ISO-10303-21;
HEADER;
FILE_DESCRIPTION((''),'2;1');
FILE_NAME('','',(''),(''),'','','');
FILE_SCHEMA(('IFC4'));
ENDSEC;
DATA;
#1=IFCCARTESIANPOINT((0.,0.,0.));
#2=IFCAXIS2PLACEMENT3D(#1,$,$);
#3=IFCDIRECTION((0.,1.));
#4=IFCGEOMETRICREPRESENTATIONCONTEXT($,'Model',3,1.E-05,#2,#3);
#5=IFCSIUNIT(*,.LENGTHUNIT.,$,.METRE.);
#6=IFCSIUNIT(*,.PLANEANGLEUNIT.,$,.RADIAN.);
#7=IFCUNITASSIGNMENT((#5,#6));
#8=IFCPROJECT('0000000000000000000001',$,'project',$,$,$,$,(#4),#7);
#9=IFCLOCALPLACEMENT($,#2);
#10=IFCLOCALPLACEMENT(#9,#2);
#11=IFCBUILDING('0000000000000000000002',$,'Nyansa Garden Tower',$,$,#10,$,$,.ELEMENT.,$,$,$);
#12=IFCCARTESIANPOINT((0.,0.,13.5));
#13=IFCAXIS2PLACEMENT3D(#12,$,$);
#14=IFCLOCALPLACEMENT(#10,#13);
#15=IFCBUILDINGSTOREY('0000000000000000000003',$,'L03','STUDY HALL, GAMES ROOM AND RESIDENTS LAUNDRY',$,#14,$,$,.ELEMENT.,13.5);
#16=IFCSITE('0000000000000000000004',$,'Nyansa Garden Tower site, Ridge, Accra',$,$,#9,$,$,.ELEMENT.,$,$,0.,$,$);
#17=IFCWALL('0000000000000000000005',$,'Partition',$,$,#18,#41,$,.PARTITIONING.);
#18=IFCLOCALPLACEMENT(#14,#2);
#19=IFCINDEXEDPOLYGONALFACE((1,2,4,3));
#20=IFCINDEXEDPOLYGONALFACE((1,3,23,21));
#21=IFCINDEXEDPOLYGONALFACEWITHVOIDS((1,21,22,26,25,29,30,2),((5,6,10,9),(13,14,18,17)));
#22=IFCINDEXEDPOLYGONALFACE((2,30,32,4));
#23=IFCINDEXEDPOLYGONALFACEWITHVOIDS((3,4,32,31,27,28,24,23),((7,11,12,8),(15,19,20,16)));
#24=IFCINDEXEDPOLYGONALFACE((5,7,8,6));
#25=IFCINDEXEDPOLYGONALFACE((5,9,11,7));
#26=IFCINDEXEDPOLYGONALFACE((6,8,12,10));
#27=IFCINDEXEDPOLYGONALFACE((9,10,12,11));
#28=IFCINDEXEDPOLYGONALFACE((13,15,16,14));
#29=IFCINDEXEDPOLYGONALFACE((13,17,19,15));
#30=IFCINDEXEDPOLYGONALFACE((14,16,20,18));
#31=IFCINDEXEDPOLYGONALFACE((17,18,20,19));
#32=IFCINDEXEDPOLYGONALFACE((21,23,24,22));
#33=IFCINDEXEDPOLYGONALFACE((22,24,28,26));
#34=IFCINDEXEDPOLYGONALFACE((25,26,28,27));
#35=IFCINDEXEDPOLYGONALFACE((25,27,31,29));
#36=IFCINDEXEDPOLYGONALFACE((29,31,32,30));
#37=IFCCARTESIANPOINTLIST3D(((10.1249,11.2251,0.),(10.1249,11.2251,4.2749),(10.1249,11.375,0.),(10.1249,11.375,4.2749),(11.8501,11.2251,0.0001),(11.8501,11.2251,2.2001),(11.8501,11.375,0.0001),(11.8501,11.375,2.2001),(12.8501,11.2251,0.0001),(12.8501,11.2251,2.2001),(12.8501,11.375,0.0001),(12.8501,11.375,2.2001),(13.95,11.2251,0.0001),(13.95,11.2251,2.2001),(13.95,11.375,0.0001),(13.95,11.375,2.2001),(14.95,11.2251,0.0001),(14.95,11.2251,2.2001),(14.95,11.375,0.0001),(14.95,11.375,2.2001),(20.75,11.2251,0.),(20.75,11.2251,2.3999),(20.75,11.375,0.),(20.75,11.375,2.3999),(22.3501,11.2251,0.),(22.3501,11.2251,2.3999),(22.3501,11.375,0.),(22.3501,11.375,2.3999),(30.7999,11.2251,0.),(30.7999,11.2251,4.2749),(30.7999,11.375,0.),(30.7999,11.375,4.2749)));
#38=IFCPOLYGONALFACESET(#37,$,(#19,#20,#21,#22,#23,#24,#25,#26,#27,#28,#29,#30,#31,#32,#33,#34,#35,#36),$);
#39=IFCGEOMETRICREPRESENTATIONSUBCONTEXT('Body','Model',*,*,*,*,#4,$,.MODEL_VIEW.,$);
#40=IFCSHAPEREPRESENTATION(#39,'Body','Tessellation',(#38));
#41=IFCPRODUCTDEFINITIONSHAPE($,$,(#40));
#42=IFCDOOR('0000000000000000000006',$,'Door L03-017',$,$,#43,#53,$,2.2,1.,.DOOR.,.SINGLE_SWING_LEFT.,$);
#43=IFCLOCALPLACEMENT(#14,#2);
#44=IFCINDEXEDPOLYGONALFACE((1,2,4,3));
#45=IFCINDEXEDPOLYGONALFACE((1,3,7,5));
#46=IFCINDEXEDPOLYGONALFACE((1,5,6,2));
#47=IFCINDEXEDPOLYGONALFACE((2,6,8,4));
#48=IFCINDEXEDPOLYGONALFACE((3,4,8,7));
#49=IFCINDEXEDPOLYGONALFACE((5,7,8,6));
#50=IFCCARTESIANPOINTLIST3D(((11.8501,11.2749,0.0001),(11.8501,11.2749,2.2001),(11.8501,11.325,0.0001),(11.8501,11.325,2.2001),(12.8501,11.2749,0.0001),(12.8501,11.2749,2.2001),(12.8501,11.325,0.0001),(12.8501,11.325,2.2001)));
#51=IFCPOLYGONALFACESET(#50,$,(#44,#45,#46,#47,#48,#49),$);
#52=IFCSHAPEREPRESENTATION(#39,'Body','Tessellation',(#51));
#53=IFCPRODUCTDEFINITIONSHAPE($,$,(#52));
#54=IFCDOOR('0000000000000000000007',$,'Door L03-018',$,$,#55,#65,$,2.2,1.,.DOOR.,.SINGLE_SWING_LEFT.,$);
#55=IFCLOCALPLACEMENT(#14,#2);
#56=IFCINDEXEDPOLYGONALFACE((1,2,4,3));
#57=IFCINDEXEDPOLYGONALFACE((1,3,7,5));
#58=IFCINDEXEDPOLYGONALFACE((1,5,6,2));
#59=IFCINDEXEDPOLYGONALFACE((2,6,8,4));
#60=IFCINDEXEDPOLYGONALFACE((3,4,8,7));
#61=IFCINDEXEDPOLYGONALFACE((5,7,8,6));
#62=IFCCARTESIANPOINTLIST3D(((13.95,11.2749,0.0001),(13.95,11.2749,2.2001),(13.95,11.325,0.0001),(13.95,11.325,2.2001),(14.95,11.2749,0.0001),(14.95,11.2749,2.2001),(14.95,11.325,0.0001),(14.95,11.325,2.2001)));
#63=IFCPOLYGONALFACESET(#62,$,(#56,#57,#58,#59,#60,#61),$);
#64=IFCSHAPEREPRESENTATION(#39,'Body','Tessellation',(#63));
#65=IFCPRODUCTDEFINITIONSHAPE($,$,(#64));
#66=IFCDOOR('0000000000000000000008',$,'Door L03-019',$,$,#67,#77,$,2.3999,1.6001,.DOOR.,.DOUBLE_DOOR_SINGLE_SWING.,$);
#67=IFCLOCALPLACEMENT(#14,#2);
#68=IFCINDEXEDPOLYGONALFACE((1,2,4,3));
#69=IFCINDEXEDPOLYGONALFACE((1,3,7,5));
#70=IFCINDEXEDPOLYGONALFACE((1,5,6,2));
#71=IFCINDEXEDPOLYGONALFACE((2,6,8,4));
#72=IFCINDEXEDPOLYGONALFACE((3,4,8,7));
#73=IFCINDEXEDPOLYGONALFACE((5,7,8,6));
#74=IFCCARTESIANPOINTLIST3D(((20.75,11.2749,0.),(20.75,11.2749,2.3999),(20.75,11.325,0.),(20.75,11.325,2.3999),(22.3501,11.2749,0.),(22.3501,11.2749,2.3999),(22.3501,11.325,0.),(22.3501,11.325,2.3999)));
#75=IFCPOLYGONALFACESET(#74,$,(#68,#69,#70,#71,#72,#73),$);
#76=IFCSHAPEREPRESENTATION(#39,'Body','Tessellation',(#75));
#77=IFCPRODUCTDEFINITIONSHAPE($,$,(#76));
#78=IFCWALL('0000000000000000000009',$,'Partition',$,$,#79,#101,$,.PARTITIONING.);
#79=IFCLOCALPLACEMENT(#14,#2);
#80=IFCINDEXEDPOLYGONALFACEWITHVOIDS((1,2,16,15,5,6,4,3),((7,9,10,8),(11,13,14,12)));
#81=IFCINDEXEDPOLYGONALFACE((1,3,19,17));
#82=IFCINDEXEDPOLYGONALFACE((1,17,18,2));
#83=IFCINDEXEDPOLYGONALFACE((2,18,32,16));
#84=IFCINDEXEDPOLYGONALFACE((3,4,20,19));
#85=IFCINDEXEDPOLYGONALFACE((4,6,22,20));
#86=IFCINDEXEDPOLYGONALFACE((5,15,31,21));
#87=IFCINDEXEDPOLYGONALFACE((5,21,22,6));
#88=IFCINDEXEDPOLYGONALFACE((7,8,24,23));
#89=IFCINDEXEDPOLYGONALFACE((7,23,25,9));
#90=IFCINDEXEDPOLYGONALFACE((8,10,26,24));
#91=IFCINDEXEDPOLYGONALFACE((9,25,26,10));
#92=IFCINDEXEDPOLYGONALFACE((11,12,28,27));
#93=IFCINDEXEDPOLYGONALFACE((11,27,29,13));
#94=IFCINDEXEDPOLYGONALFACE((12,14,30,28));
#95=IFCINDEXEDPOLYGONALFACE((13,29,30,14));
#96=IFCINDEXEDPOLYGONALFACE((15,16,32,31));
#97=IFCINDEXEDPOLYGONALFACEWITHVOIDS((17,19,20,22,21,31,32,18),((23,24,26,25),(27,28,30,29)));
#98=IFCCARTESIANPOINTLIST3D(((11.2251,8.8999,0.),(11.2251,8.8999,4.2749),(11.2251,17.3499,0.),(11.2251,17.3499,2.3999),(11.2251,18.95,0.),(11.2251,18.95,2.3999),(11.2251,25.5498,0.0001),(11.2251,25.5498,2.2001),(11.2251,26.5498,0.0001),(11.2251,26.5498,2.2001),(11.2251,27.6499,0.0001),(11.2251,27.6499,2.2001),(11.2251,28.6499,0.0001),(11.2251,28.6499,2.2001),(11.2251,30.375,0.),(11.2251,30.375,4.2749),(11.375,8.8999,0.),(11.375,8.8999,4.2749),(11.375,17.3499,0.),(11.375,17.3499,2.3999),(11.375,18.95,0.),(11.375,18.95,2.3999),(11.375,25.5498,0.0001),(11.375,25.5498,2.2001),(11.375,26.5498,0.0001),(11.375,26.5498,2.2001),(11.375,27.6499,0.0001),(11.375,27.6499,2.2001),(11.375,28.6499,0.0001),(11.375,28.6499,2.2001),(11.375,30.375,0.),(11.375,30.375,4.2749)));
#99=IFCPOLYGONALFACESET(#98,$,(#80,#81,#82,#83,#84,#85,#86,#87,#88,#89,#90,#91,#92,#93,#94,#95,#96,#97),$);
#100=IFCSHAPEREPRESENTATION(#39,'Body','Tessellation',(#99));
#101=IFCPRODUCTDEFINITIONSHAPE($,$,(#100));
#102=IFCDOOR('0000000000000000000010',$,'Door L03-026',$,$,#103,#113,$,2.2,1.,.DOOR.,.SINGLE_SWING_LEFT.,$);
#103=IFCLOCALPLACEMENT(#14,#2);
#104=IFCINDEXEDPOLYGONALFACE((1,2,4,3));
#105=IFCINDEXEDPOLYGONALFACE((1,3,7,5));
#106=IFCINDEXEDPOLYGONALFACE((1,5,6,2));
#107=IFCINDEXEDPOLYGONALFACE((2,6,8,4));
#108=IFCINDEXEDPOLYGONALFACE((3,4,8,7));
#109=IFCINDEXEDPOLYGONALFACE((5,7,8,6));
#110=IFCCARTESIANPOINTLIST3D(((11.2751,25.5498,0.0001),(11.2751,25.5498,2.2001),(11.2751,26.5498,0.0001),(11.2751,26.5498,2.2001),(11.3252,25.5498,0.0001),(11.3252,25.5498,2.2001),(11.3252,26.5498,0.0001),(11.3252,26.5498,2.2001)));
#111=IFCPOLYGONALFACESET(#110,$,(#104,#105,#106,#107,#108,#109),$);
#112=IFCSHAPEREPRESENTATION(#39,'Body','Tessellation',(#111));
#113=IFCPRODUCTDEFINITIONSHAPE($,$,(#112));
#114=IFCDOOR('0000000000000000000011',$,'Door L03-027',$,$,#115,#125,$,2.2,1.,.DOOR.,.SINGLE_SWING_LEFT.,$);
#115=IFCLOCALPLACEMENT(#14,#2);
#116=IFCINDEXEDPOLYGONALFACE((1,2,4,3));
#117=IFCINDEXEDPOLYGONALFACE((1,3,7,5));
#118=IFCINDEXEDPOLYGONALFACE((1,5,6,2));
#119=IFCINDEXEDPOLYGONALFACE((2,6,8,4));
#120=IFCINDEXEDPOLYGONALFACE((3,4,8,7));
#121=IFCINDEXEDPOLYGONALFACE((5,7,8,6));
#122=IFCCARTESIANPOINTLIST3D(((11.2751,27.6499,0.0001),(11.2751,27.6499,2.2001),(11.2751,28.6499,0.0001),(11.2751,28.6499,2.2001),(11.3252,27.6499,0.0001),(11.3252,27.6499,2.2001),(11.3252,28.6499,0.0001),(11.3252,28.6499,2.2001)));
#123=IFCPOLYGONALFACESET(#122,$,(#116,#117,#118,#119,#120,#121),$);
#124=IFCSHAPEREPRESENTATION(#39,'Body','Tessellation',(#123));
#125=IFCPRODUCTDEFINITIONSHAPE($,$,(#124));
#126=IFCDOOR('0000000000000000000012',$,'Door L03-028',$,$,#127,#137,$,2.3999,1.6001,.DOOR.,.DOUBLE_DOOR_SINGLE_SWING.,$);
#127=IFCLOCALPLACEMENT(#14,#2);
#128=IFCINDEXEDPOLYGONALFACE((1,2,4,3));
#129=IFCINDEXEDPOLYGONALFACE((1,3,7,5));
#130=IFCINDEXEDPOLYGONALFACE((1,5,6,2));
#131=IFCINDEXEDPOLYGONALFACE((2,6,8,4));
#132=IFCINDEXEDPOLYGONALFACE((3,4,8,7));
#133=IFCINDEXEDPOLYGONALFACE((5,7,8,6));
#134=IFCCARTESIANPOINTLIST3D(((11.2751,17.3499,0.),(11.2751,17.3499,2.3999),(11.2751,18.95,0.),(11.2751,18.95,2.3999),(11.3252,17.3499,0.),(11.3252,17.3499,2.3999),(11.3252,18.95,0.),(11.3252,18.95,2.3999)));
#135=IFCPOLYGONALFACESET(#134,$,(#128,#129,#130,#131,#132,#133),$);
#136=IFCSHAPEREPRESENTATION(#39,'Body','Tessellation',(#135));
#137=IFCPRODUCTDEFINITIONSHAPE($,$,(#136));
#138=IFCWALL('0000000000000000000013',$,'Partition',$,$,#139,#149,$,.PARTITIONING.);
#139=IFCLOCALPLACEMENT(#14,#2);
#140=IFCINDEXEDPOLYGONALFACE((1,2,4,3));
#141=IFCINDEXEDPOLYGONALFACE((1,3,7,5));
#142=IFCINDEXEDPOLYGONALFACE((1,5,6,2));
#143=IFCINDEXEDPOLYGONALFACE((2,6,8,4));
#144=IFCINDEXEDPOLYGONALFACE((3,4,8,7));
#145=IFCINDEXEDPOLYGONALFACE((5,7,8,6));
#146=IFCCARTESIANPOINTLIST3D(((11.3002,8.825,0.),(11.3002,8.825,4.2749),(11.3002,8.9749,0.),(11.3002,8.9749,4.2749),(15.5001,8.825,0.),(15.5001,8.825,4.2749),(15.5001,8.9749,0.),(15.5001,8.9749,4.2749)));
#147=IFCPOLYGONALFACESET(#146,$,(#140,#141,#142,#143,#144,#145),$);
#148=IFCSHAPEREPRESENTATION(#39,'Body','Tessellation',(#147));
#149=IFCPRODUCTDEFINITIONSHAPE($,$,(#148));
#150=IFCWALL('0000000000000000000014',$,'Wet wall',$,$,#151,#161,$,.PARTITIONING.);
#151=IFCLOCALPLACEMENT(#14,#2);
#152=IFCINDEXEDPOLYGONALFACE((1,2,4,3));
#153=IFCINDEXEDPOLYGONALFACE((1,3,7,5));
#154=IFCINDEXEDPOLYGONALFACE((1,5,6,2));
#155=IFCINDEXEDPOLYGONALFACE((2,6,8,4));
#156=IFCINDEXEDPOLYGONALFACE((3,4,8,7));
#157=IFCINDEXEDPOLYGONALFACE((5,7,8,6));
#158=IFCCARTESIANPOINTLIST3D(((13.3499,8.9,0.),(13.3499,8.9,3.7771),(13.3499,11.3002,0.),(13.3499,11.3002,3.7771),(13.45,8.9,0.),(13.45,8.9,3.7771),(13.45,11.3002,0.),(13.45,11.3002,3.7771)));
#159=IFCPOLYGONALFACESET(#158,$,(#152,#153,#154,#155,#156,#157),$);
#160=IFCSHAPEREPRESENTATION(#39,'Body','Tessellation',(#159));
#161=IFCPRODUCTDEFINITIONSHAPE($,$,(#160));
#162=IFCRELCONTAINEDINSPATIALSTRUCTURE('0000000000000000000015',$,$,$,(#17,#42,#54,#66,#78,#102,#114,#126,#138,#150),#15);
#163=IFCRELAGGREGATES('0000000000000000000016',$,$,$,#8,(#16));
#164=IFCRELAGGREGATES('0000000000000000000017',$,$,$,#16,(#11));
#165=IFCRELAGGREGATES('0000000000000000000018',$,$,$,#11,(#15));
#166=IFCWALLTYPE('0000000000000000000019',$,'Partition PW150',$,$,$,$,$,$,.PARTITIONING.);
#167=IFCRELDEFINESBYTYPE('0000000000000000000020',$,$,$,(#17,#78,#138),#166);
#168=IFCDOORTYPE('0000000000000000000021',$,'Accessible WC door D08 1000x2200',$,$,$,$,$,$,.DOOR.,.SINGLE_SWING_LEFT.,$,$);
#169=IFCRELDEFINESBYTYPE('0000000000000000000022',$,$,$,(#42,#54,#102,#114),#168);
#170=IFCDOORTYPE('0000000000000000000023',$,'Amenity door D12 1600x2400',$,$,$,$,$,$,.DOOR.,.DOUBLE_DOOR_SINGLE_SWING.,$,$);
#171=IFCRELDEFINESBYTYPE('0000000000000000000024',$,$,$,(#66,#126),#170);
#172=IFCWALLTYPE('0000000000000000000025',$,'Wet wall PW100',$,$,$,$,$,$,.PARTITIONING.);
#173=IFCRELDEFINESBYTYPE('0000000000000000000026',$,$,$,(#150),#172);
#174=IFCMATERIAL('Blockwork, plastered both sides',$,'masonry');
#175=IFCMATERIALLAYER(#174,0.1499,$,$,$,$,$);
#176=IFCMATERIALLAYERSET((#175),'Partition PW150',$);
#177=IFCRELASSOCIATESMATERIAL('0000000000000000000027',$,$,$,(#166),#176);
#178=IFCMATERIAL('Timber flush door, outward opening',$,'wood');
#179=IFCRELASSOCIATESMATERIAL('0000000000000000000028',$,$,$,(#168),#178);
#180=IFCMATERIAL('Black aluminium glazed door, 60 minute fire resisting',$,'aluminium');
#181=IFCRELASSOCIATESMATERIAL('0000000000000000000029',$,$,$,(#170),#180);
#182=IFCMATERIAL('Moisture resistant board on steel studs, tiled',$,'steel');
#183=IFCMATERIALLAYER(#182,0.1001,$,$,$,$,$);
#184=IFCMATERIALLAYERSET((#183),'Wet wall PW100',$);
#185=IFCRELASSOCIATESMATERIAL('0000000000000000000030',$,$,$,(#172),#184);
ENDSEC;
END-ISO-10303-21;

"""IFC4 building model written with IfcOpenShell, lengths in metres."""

from ifc_helpers import new_model, si_unit, direction, frame, frame_2d, origin, place, context, subcontext, project, spatial, rectangle, extrude, material, layer, layer_set, type_object, element, fill, save


model = new_model("IFC4")

# Units and contexts
model_context = context("Model", 3, precision=1e-05, world=origin(), true_north=direction((0.0, 1.0)))
body_context = subcontext(model_context, "Body", "Model", "MODEL_VIEW")
ifc_project = project(units=[si_unit("LENGTHUNIT", "METRE"), si_unit("PLANEANGLEUNIT", "RADIAN")], contexts=[model_context])

# Site, building, storey
site_placement = place(None, origin())
site = spatial("IfcSite", under=ifc_project, at=site_placement, Name="Nyansa Garden Tower site, Ridge, Accra", CompositionType="ELEMENT", RefElevation=0.0)
building_placement = place(site_placement, origin())
building = spatial("IfcBuilding", under=site, at=building_placement, Name="Nyansa Garden Tower", CompositionType="ELEMENT")
storey_placement = place(building_placement, frame((0.0, 0.0, 13.5)))
storey = spatial("IfcBuildingStorey", under=building, at=storey_placement, Name="L03", Description="STUDY HALL, GAMES ROOM AND RESIDENTS LAUNDRY", CompositionType="ELEMENT", Elevation=13.5)

# Shared definitions
ifc_material_1 = material(Name="Blockwork, plastered both sides", Category="masonry")
ifc_layer_1 = layer(ifc_material_1, 0.1499)
ifc_layer_set_1 = layer_set([ifc_layer_1], Name="Partition PW150")
wall_type_1 = type_object("IfcWallType", Name="Partition PW150", PredefinedType="PARTITIONING", material=ifc_layer_set_1)

# Walls, openings, doors
wall_1_placement = place(storey_placement, frame((10.125, 11.3, 0.0), z_axis=(0.0, 0.0, 1.0), x_axis=(1.0, 0.0, 0.0)))
wall_1 = element("IfcWall", 1, at=wall_1_placement, inside=storey, type_object=wall_type_1, Name="Partition", PredefinedType="PARTITIONING", context=body_context, shape_type="SweptSolid", body=[
    extrude(rectangle(XDim=20.675, YDim=0.1499, at=frame_2d((10.3374, 0.0))), origin(), (0.0, 0.0, 1.0), 4.2749),
])
opening_1_placement = place(wall_1_placement, frame((1.7251, 0.0, 0.0)))
opening_1 = element("IfcOpeningElement", 2, at=opening_1_placement, cuts=wall_1, PredefinedType="OPENING", context=body_context, shape_type="SweptSolid", body=[
    extrude(rectangle(XDim=1.0, YDim=2.2, at=frame_2d((0.5, 1.1001))), frame((0.0, 0.085, 0.0), z_axis=(0.0, -1.0, 0.0), x_axis=(1.0, 0.0, 0.0)), (0.0, 0.0, 1.0), 0.1699),
])
opening_2_placement = place(wall_1_placement, frame((3.825, 0.0, 0.0)))
opening_2 = element("IfcOpeningElement", 3, at=opening_2_placement, cuts=wall_1, PredefinedType="OPENING", context=body_context, shape_type="SweptSolid", body=[
    extrude(rectangle(XDim=1.0, YDim=2.2, at=frame_2d((0.5, 1.1001))), frame((0.0, 0.085, 0.0), z_axis=(0.0, -1.0, 0.0), x_axis=(1.0, 0.0, 0.0)), (0.0, 0.0, 1.0), 0.1699),
])
opening_3_placement = place(wall_1_placement, frame((10.625, 0.0, 0.0)))
opening_3 = element("IfcOpeningElement", 4, at=opening_3_placement, cuts=wall_1, PredefinedType="OPENING", context=body_context, shape_type="SweptSolid", body=[
    extrude(rectangle(XDim=1.6001, YDim=2.3999, at=frame_2d((0.8, 1.2))), frame((0.0, 0.085, 0.0), z_axis=(0.0, -1.0, 0.0), x_axis=(1.0, 0.0, 0.0)), (0.0, 0.0, 1.0), 0.1699),
])
ifc_material_2 = material(Name="Timber flush door, outward opening", Category="wood")
door_type_1 = type_object("IfcDoorType", Name="Accessible WC door D08 1000x2200", OperationType="SINGLE_SWING_LEFT", PredefinedType="DOOR", material=ifc_material_2)
door_1_placement = place(opening_1_placement, origin())
door_1 = element("IfcDoor", 5, at=door_1_placement, inside=storey, type_object=door_type_1, Name="Door L03-017", OperationType="SINGLE_SWING_LEFT", OverallHeight=2.2, OverallWidth=1.0, PredefinedType="DOOR", context=body_context, shape_type="SweptSolid", body=[
    extrude(rectangle(XDim=1.0, YDim=2.2, at=frame_2d((0.5, 1.1001))), frame((0.0, 0.0249, 0.0), z_axis=(0.0, -1.0, 0.0), x_axis=(1.0, 0.0, 0.0)), (0.0, 0.0, 1.0), 0.05),
])
fill(opening_1, door_1)
door_2_placement = place(opening_2_placement, origin())
door_2 = element("IfcDoor", 6, at=door_2_placement, inside=storey, type_object=door_type_1, Name="Door L03-018", OperationType="SINGLE_SWING_LEFT", OverallHeight=2.2, OverallWidth=1.0, PredefinedType="DOOR", context=body_context, shape_type="SweptSolid", body=[
    extrude(rectangle(XDim=1.0, YDim=2.2, at=frame_2d((0.5, 1.1001))), frame((0.0, 0.0249, 0.0), z_axis=(0.0, -1.0, 0.0), x_axis=(1.0, 0.0, 0.0)), (0.0, 0.0, 1.0), 0.05),
])
fill(opening_2, door_2)
ifc_material_3 = material(Name="Black aluminium glazed door, 60 minute fire resisting", Category="aluminium")
door_type_2 = type_object("IfcDoorType", Name="Amenity door D12 1600x2400", OperationType="DOUBLE_DOOR_SINGLE_SWING", PredefinedType="DOOR", material=ifc_material_3)
door_3_placement = place(opening_3_placement, origin())
door_3 = element("IfcDoor", 7, at=door_3_placement, inside=storey, type_object=door_type_2, Name="Door L03-019", OperationType="DOUBLE_DOOR_SINGLE_SWING", OverallHeight=2.3999, OverallWidth=1.6001, PredefinedType="DOOR", context=body_context, shape_type="SweptSolid", body=[
    extrude(rectangle(XDim=1.6001, YDim=2.3999, at=frame_2d((0.8, 1.2))), frame((0.0, 0.0249, 0.0), z_axis=(0.0, -1.0, 0.0), x_axis=(1.0, 0.0, 0.0)), (0.0, 0.0, 1.0), 0.05),
])
fill(opening_3, door_3)
wall_2_placement = place(storey_placement, frame((11.3, 8.8999, 0.0), z_axis=(0.0, 0.0, 1.0), x_axis=(0.0, 1.0, 0.0)))
wall_2 = element("IfcWall", 8, at=wall_2_placement, inside=storey, type_object=wall_type_1, Name="Partition", PredefinedType="PARTITIONING", context=body_context, shape_type="SweptSolid", body=[
    extrude(rectangle(XDim=21.4751, YDim=0.1499, at=frame_2d((10.7375, 0.0))), origin(), (0.0, 0.0, 1.0), 4.2749),
])
opening_4_placement = place(wall_2_placement, frame((16.6499, 0.0, 0.0)))
opening_4 = element("IfcOpeningElement", 9, at=opening_4_placement, cuts=wall_2, PredefinedType="OPENING", context=body_context, shape_type="SweptSolid", body=[
    extrude(rectangle(XDim=1.0, YDim=2.2, at=frame_2d((0.5, 1.1001))), frame((0.0, 0.085, 0.0), z_axis=(0.0, -1.0, 0.0), x_axis=(1.0, 0.0, 0.0)), (0.0, 0.0, 1.0), 0.1699),
])
opening_5_placement = place(wall_2_placement, frame((18.75, 0.0, 0.0)))
opening_5 = element("IfcOpeningElement", 10, at=opening_5_placement, cuts=wall_2, PredefinedType="OPENING", context=body_context, shape_type="SweptSolid", body=[
    extrude(rectangle(XDim=1.0, YDim=2.2, at=frame_2d((0.5, 1.1001))), frame((0.0, 0.085, 0.0), z_axis=(0.0, -1.0, 0.0), x_axis=(1.0, 0.0, 0.0)), (0.0, 0.0, 1.0), 0.1699),
])
opening_6_placement = place(wall_2_placement, frame((8.45, 0.0, 0.0)))
opening_6 = element("IfcOpeningElement", 11, at=opening_6_placement, cuts=wall_2, PredefinedType="OPENING", context=body_context, shape_type="SweptSolid", body=[
    extrude(rectangle(XDim=1.6001, YDim=2.3999, at=frame_2d((0.8, 1.2))), frame((0.0, 0.085, 0.0), z_axis=(0.0, -1.0, 0.0), x_axis=(1.0, 0.0, 0.0)), (0.0, 0.0, 1.0), 0.1699),
])
door_4_placement = place(opening_4_placement, origin())
door_4 = element("IfcDoor", 12, at=door_4_placement, inside=storey, type_object=door_type_1, Name="Door L03-026", OperationType="SINGLE_SWING_LEFT", OverallHeight=2.2, OverallWidth=1.0, PredefinedType="DOOR", context=body_context, shape_type="SweptSolid", body=[
    extrude(rectangle(XDim=1.0, YDim=2.2, at=frame_2d((0.5, 1.1001))), frame((0.0, 0.0249, 0.0), z_axis=(0.0, -1.0, 0.0), x_axis=(1.0, 0.0, 0.0)), (0.0, 0.0, 1.0), 0.05),
])
fill(opening_4, door_4)
door_5_placement = place(opening_5_placement, origin())
door_5 = element("IfcDoor", 13, at=door_5_placement, inside=storey, type_object=door_type_1, Name="Door L03-027", OperationType="SINGLE_SWING_LEFT", OverallHeight=2.2, OverallWidth=1.0, PredefinedType="DOOR", context=body_context, shape_type="SweptSolid", body=[
    extrude(rectangle(XDim=1.0, YDim=2.2, at=frame_2d((0.5, 1.1001))), frame((0.0, 0.0249, 0.0), z_axis=(0.0, -1.0, 0.0), x_axis=(1.0, 0.0, 0.0)), (0.0, 0.0, 1.0), 0.05),
])
fill(opening_5, door_5)
door_6_placement = place(opening_6_placement, origin())
door_6 = element("IfcDoor", 14, at=door_6_placement, inside=storey, type_object=door_type_2, Name="Door L03-028", OperationType="DOUBLE_DOOR_SINGLE_SWING", OverallHeight=2.3999, OverallWidth=1.6001, PredefinedType="DOOR", context=body_context, shape_type="SweptSolid", body=[
    extrude(rectangle(XDim=1.6001, YDim=2.3999, at=frame_2d((0.8, 1.2))), frame((0.0, 0.0249, 0.0), z_axis=(0.0, -1.0, 0.0), x_axis=(1.0, 0.0, 0.0)), (0.0, 0.0, 1.0), 0.05),
])
fill(opening_6, door_6)

# Walls
wall_3_placement = place(storey_placement, frame((11.3, 8.8999, 0.0), z_axis=(0.0, 0.0, 1.0), x_axis=(1.0, 0.0, 0.0)))
element("IfcWall", 15, at=wall_3_placement, inside=storey, type_object=wall_type_1, Name="Partition", PredefinedType="PARTITIONING", context=body_context, shape_type="SweptSolid", body=[
    extrude(rectangle(XDim=4.2, YDim=0.1499, at=frame_2d((2.1001, 0.0))), origin(), (0.0, 0.0, 1.0), 4.2749),
])
ifc_material_4 = material(Name="Moisture resistant board on steel studs, tiled", Category="steel")
ifc_layer_2 = layer(ifc_material_4, 0.1001)
ifc_layer_set_2 = layer_set([ifc_layer_2], Name="Wet wall PW100")
wall_type_2 = type_object("IfcWallType", Name="Wet wall PW100", PredefinedType="PARTITIONING", material=ifc_layer_set_2)
wall_4_placement = place(storey_placement, frame((13.3999, 8.8999, 0.0), z_axis=(0.0, 0.0, 1.0), x_axis=(0.0, 1.0, 0.0)))
element("IfcWall", 16, at=wall_4_placement, inside=storey, type_object=wall_type_2, Name="Wet wall", PredefinedType="PARTITIONING", context=body_context, shape_type="SweptSolid", body=[
    extrude(rectangle(XDim=2.4001, YDim=0.1001, at=frame_2d((1.2002, 0.0))), origin(), (0.0, 0.0, 1.0), 3.7771),
])

save(model, "model.ifc")
